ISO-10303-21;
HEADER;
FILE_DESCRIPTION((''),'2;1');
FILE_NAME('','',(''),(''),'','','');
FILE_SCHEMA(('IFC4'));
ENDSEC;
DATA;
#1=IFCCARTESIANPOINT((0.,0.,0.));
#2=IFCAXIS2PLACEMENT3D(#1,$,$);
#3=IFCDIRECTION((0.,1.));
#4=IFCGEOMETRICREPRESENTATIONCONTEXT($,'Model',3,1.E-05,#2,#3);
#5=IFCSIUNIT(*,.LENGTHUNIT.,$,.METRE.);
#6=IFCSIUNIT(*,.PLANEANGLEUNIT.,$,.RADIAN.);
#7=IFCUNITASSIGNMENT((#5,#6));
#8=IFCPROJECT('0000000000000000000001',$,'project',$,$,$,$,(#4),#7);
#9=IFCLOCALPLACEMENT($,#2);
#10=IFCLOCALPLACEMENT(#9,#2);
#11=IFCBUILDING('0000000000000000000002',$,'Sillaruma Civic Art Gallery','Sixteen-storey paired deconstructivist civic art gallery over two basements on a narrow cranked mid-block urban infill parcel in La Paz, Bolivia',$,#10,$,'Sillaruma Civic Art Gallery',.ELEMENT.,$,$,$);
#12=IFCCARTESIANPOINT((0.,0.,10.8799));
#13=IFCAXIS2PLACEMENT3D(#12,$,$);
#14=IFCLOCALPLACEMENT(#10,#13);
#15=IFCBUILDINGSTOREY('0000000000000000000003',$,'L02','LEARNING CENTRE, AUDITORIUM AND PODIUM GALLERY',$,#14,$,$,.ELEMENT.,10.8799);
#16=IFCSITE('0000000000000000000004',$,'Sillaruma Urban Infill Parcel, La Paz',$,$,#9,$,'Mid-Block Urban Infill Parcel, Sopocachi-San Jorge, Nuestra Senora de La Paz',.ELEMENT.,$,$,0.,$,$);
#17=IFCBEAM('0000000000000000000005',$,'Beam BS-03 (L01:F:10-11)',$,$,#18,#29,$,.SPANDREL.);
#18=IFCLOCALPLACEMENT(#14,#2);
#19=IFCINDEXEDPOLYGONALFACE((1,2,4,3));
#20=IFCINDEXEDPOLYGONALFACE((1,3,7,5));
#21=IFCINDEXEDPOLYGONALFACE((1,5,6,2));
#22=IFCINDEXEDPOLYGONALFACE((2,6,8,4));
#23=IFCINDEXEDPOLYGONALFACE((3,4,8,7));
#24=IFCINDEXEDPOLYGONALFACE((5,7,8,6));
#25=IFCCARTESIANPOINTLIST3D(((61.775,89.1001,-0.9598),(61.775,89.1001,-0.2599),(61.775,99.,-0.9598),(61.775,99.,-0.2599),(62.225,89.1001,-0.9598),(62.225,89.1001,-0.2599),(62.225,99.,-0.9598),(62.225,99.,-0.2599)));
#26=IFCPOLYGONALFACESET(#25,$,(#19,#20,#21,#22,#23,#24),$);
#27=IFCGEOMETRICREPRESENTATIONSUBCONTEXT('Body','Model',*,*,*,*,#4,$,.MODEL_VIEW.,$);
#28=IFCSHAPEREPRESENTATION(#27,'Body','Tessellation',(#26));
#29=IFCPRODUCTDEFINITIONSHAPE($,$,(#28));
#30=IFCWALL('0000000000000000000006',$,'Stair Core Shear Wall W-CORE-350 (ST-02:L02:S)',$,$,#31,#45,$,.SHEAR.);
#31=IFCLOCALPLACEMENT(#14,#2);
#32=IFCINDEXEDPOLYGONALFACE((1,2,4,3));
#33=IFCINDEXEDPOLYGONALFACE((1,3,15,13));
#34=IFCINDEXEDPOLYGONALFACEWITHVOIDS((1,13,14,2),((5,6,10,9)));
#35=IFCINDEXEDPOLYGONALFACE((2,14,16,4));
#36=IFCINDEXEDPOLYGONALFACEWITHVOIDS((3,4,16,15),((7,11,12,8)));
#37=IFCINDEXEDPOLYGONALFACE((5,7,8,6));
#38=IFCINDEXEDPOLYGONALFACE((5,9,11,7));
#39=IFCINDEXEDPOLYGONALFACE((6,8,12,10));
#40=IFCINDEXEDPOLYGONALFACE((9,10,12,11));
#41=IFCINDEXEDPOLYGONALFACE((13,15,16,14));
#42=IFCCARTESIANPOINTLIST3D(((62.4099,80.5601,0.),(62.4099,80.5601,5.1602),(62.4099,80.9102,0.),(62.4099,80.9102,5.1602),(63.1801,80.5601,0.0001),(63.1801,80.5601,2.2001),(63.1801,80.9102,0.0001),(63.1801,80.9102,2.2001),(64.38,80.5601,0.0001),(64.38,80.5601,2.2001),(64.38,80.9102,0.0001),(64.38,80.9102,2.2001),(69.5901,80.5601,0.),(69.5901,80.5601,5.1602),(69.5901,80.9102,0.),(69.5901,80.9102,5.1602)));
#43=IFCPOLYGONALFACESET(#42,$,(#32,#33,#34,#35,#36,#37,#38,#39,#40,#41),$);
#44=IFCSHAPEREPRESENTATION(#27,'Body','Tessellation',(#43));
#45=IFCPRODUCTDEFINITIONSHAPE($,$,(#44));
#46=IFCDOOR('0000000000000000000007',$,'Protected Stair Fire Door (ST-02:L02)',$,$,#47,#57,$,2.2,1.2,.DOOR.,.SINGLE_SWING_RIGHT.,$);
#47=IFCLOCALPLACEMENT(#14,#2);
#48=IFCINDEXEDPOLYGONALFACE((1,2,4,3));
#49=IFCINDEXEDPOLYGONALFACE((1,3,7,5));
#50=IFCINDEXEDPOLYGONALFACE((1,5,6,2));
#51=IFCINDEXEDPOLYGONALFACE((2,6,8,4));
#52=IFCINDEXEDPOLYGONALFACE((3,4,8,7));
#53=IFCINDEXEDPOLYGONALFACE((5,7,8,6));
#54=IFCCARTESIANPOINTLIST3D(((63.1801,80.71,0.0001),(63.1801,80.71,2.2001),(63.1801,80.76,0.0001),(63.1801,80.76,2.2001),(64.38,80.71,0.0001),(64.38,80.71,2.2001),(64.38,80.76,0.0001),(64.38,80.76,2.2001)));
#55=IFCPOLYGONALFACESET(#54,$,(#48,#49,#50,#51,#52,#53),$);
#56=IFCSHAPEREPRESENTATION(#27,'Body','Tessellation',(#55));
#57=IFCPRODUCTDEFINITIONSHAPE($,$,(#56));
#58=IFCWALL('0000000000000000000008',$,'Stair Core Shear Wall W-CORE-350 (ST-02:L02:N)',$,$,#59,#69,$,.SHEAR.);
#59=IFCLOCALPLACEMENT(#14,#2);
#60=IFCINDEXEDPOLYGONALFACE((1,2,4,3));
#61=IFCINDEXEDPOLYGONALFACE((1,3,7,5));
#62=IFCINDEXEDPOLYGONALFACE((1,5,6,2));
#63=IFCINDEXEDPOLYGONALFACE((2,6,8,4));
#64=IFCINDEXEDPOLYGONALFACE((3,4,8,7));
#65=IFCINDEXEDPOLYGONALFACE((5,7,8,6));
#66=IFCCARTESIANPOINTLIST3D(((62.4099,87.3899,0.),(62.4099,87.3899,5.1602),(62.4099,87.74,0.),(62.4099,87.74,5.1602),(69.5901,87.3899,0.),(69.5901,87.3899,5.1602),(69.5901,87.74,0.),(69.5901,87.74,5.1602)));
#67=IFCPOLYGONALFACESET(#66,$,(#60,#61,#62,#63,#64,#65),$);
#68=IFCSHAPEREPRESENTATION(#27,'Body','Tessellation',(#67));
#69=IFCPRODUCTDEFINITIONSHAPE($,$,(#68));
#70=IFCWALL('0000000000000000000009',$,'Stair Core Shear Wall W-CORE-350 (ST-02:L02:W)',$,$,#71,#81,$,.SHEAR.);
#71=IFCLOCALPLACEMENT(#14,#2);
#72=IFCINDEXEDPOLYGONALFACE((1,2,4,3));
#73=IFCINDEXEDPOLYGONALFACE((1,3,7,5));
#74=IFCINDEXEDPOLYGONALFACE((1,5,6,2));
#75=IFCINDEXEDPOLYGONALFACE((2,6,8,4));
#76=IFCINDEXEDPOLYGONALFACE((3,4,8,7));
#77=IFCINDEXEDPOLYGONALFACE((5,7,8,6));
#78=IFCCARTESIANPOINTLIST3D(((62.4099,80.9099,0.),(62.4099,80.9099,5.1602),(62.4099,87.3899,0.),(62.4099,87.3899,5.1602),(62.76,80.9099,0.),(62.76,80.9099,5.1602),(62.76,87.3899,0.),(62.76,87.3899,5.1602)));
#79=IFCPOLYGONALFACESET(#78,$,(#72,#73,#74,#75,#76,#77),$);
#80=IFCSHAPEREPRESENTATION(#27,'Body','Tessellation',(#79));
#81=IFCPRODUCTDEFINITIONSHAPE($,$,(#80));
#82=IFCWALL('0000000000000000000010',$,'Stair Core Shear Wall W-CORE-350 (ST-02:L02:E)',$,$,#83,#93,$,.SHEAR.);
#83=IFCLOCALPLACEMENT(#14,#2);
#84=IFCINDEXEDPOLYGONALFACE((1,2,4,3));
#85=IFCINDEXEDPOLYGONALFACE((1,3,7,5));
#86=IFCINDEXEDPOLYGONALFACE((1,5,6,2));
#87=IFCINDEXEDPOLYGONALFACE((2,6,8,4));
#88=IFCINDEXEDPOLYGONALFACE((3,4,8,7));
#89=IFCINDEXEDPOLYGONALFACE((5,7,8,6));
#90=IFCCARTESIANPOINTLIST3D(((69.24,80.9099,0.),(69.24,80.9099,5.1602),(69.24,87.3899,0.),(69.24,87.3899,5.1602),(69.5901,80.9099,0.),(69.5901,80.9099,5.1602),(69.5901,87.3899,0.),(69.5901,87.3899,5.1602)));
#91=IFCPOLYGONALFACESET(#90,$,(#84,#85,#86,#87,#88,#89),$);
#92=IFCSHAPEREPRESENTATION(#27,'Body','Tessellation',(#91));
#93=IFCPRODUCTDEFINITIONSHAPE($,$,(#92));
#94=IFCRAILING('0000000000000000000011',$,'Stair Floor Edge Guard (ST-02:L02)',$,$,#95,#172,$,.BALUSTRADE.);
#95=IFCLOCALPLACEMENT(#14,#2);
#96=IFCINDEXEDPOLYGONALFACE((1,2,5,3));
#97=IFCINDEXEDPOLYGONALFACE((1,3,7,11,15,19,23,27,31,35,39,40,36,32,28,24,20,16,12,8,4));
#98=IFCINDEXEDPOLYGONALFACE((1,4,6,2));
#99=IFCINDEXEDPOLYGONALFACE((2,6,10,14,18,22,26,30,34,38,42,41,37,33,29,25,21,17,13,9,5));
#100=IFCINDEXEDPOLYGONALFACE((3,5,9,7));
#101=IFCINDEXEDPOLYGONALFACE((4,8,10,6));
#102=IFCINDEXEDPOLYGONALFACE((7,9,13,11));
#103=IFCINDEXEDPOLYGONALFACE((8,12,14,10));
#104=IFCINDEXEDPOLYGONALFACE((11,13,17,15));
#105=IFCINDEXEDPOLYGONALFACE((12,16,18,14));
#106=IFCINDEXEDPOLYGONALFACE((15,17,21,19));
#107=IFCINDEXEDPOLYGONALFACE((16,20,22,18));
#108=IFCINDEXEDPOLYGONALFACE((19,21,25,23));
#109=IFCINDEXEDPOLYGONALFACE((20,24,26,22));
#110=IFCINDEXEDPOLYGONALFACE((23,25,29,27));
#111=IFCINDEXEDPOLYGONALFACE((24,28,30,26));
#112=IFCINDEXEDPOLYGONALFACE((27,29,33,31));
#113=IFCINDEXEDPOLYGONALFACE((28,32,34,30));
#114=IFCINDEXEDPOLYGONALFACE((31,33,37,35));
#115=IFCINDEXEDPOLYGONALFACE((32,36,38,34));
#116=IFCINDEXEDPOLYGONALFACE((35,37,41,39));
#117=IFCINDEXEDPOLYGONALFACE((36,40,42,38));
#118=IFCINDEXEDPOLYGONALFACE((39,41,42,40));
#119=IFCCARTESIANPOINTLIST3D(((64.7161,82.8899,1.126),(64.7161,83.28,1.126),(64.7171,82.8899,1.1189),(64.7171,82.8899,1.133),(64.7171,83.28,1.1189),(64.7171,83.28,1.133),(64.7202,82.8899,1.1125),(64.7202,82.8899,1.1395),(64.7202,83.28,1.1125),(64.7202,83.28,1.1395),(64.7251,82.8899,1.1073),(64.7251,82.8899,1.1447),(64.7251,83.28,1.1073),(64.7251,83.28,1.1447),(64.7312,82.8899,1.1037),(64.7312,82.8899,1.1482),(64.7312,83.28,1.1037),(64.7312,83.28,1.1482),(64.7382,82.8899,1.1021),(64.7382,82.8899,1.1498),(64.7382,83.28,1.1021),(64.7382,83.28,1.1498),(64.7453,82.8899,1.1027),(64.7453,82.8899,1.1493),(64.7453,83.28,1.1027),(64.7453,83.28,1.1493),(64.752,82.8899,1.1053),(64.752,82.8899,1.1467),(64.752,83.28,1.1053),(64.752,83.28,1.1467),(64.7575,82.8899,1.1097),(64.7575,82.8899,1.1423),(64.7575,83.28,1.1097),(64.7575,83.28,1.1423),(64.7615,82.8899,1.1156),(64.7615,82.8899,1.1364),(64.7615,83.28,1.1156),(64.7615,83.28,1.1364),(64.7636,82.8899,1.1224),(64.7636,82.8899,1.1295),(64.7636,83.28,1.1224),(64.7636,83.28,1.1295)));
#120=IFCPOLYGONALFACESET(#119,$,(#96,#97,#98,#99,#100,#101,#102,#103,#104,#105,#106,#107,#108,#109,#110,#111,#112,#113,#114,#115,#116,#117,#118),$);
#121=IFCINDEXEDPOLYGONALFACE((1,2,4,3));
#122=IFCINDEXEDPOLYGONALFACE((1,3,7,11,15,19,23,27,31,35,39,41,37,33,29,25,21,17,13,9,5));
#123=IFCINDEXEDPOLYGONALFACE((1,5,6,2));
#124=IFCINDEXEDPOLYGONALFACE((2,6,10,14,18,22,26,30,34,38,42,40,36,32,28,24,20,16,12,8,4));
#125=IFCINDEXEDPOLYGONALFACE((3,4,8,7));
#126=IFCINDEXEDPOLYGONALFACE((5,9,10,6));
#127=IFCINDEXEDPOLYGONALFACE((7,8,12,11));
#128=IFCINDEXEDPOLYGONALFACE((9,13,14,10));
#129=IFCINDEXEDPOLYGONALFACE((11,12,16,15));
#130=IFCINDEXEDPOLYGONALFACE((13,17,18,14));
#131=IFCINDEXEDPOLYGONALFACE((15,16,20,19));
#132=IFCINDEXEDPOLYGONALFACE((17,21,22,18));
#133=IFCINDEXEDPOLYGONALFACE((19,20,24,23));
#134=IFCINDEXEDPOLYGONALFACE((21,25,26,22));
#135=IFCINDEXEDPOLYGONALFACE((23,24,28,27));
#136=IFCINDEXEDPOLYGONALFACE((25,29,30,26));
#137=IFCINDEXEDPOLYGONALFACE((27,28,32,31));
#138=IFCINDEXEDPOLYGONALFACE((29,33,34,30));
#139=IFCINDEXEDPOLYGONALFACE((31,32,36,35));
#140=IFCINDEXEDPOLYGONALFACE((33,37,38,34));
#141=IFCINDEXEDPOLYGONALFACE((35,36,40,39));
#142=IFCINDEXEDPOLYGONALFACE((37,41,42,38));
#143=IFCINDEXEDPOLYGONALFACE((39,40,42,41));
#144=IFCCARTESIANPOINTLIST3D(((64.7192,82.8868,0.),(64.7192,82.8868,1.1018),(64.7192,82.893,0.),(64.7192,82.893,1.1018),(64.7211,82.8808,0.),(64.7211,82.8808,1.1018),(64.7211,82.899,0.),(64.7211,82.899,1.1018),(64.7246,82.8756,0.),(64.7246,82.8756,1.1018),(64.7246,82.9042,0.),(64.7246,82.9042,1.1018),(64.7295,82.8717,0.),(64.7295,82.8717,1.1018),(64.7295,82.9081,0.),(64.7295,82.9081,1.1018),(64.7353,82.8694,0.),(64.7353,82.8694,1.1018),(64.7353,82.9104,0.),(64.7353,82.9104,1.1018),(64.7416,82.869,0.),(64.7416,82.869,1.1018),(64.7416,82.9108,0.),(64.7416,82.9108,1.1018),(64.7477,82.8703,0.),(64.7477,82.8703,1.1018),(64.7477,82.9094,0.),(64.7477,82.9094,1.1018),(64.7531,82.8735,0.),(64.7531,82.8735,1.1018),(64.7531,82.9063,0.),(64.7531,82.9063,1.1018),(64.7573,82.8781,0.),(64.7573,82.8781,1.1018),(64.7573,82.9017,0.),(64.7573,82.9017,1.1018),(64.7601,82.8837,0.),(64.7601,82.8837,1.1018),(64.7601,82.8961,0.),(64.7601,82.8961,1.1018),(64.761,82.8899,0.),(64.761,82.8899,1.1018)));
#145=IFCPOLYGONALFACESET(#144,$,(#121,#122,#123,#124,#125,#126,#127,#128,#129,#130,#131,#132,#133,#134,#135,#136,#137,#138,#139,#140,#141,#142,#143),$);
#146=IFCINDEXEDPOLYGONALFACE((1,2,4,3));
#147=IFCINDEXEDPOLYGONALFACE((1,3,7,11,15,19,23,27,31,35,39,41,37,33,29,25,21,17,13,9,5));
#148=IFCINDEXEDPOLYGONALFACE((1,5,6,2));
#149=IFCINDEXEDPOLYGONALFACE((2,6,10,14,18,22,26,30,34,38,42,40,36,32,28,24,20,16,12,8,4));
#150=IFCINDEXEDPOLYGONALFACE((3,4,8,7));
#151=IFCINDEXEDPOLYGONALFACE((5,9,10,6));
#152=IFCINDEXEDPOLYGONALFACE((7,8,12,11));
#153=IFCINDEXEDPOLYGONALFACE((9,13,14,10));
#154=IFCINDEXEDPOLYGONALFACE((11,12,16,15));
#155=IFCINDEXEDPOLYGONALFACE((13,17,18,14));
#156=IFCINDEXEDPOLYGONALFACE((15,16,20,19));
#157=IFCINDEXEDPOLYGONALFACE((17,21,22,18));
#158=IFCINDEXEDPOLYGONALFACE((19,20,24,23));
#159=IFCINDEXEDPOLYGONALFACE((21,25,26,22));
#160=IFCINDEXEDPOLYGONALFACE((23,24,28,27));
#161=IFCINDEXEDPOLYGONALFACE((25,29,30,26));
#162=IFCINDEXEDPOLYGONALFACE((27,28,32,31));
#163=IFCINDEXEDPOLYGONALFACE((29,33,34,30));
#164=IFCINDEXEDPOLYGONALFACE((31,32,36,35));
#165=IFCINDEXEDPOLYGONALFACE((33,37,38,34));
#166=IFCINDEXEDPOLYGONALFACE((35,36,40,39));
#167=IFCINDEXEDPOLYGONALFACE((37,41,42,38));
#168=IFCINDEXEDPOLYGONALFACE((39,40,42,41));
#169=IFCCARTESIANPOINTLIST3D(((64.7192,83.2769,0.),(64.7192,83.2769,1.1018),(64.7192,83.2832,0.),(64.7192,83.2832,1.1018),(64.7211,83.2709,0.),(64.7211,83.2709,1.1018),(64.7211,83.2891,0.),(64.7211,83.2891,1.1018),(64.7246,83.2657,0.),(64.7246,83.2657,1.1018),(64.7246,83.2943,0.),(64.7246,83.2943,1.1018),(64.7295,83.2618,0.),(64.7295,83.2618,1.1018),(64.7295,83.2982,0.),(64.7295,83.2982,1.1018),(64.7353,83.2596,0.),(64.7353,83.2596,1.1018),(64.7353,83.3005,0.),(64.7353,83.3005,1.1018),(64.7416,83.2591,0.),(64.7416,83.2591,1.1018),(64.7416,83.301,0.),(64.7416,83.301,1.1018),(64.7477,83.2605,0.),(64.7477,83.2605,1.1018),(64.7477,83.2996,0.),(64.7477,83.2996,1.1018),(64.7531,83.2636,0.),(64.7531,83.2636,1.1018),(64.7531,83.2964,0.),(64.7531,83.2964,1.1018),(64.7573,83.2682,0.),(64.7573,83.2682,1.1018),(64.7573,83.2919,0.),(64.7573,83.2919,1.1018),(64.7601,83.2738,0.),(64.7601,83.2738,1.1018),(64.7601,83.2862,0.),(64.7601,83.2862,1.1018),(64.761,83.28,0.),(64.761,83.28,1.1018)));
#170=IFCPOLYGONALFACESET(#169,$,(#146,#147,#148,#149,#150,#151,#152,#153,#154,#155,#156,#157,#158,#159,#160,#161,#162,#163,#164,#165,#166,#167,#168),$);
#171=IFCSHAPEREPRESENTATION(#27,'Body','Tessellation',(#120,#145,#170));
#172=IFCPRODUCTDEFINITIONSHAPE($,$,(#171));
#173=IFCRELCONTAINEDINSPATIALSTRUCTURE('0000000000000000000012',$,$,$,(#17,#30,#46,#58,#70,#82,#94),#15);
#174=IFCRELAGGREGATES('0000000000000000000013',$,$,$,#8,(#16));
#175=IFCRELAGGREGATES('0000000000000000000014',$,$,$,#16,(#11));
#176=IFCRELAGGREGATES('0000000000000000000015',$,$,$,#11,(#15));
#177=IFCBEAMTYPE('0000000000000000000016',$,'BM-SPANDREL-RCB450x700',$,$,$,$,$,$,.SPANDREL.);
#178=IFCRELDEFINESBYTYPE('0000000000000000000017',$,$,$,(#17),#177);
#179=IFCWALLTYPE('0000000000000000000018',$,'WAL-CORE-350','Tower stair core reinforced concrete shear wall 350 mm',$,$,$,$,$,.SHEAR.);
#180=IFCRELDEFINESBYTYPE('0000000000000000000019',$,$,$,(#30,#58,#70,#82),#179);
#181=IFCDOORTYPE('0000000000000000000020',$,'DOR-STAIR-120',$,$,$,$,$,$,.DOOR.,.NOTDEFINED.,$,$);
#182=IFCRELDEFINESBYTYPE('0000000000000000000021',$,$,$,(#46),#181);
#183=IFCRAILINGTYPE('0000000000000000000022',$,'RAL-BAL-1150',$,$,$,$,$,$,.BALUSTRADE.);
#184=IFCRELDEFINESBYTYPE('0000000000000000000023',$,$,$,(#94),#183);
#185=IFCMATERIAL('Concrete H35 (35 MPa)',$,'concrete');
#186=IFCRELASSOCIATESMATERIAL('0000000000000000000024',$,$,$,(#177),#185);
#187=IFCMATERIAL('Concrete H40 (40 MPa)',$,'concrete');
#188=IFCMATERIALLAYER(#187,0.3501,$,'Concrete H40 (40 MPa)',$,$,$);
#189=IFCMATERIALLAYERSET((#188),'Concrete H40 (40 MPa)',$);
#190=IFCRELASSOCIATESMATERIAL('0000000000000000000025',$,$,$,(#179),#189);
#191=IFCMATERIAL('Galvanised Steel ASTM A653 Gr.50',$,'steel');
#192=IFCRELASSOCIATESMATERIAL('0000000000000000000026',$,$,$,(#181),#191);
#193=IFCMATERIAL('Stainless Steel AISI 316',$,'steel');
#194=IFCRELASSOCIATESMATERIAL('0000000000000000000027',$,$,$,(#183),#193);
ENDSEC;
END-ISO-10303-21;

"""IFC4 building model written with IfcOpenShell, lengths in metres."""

from ifc_helpers import new_model, si_unit, direction, frame, frame_2d, origin, origin_2d, place, context, subcontext, project, spatial, rectangle, circle, extrude, material, layer, layer_set, material_profile, profile_set, type_object, element, fill, save


model = new_model("IFC4")

# Units and contexts
model_context = context("Model", 3, precision=1e-05, world=origin(), true_north=direction((0.0, 1.0)))
body_context = subcontext(model_context, "Body", "Model", "MODEL_VIEW")
ifc_project = project(units=[si_unit("LENGTHUNIT", "METRE"), si_unit("PLANEANGLEUNIT", "RADIAN")], contexts=[model_context])

# Site, building, storey
site_placement = place(None, origin())
site = spatial("IfcSite", under=ifc_project, at=site_placement, Name="Sillaruma Urban Infill Parcel, La Paz", LongName="Mid-Block Urban Infill Parcel, Sopocachi-San Jorge, Nuestra Senora de La Paz", CompositionType="ELEMENT", RefElevation=0.0)
building_placement = place(site_placement, origin())
building = spatial("IfcBuilding", under=site, at=building_placement, Name="Sillaruma Civic Art Gallery", Description="Sixteen-storey paired deconstructivist civic art gallery over two basements on a narrow cranked mid-block urban infill parcel in La Paz, Bolivia", LongName="Sillaruma Civic Art Gallery", CompositionType="ELEMENT")
storey_placement = place(building_placement, frame((0.0, 0.0, 10.8799)))
storey = spatial("IfcBuildingStorey", under=building, at=storey_placement, Name="L02", Description="LEARNING CENTRE, AUDITORIUM AND PODIUM GALLERY", CompositionType="ELEMENT", Elevation=10.8799)

# Shared definitions
ifc_material_1 = material(Name="Concrete H40 (40 MPa)", Category="concrete")

# Beam
ifc_material_2 = material(Name="Concrete H35 (35 MPa)", Category="concrete")
ifc_material_profile_1 = material_profile(ifc_material_2, rectangle(XDim=0.45, YDim=0.7, at=origin_2d()), Name="RCB450x700")
ifc_profile_set_1 = profile_set([ifc_material_profile_1], Name="Concrete H35 (35 MPa)")
beam_type_1 = type_object("IfcBeamType", Name="BM-SPANDREL-RCB450x700", PredefinedType="SPANDREL", material=ifc_profile_set_1)
beam_1_placement = place(storey_placement, frame((62.0, 89.1001, -0.6099), z_axis=(0.0, 1.0, 0.0), x_axis=(-1.0, 0.0, 0.0)))
element("IfcBeam", 1, at=beam_1_placement, inside=storey, type_object=beam_type_1, Name="Beam BS-03 (L01:F:10-11)", PredefinedType="SPANDREL", context=body_context, shape_type="SweptSolid", body=[
    extrude(rectangle(XDim=0.45, YDim=0.7, at=origin_2d()), origin(), (0.0, 0.0, 1.0), 9.8999),
])

# Wall, opening, door
ifc_layer = layer(ifc_material_1, 0.3501, Name="Concrete H40 (40 MPa)")
ifc_layer_set = layer_set([ifc_layer], Name="Concrete H40 (40 MPa)")
wall_type = type_object("IfcWallType", Name="WAL-CORE-350", Description="Tower stair core reinforced concrete shear wall 350 mm", PredefinedType="SHEAR", material=ifc_layer_set)
wall_1_placement = place(storey_placement, frame((62.4099, 80.7351, 0.0), z_axis=(0.0, 0.0, 1.0), x_axis=(1.0, 0.0, 0.0)))
wall_1 = element("IfcWall", 2, at=wall_1_placement, inside=storey, type_object=wall_type, Name="Stair Core Shear Wall W-CORE-350 (ST-02:L02:S)", PredefinedType="SHEAR", context=body_context, shape_type="SweptSolid", body=[
    extrude(rectangle(XDim=7.1802, YDim=0.3501, at=frame_2d((3.5901, 0.0))), origin(), (0.0, 0.0, 1.0), 5.1602),
])
opening_placement = place(wall_1_placement, frame((0.77, 0.0, 0.0)))
opening = element("IfcOpeningElement", 3, at=opening_placement, cuts=wall_1, PredefinedType="OPENING", context=body_context, shape_type="SweptSolid", body=[
    extrude(rectangle(XDim=1.2, YDim=2.2, at=frame_2d((0.6001, 1.1001))), frame((0.0, 0.1851, 0.0), z_axis=(0.0, -1.0, 0.0), x_axis=(1.0, 0.0, 0.0)), (0.0, 0.0, 1.0), 0.3701),
])
ifc_material_3 = material(Name="Galvanised Steel ASTM A653 Gr.50", Category="steel")
door_type = type_object("IfcDoorType", Name="DOR-STAIR-120", OperationType="NOTDEFINED", PredefinedType="DOOR", material=ifc_material_3)
door_placement = place(opening_placement, origin())
door = element("IfcDoor", 4, at=door_placement, inside=storey, type_object=door_type, Name="Protected Stair Fire Door (ST-02:L02)", OperationType="SINGLE_SWING_RIGHT", OverallHeight=2.2, OverallWidth=1.2, PredefinedType="DOOR", context=body_context, shape_type="SweptSolid", body=[
    extrude(rectangle(XDim=1.2, YDim=2.2, at=frame_2d((0.6001, 1.1001))), frame((0.0, 0.0249, 0.0), z_axis=(0.0, -1.0, 0.0), x_axis=(1.0, 0.0, 0.0)), (0.0, 0.0, 1.0), 0.05),
])
fill(opening, door)

# Walls
wall_2_placement = place(storey_placement, frame((62.4099, 87.5649, 0.0), z_axis=(0.0, 0.0, 1.0), x_axis=(1.0, 0.0, 0.0)))
element("IfcWall", 5, at=wall_2_placement, inside=storey, type_object=wall_type, Name="Stair Core Shear Wall W-CORE-350 (ST-02:L02:N)", PredefinedType="SHEAR", context=body_context, shape_type="SweptSolid", body=[
    extrude(rectangle(XDim=7.1802, YDim=0.3501, at=frame_2d((3.5901, 0.0))), origin(), (0.0, 0.0, 1.0), 5.1602),
])
for number, where, z_axis, x_axis, name in (
    (6, (62.585, 80.9099, 0.0), (0.0, 0.0, 1.0), (0.0, 1.0, 0.0), "Stair Core Shear Wall W-CORE-350 (ST-02:L02:W)"),
    (7, (69.415, 80.9099, 0.0), (0.0, 0.0, 1.0), (0.0, 1.0, 0.0), "Stair Core Shear Wall W-CORE-350 (ST-02:L02:E)"),
):
    element("IfcWall", number, at=place(storey_placement, frame(where, z_axis=z_axis, x_axis=x_axis)), inside=storey, type_object=wall_type, Name=name, PredefinedType="SHEAR", context=body_context, shape_type="SweptSolid", body=[
        extrude(rectangle(XDim=6.48, YDim=0.3501, at=frame_2d((3.24, 0.0))), origin(), (0.0, 0.0, 1.0), 5.1602),
    ])

# Railing
ifc_material_4 = material(Name="Stainless Steel AISI 316", Category="steel")
railing_type_1 = type_object("IfcRailingType", Name="RAL-BAL-1150", PredefinedType="BALUSTRADE", material=ifc_material_4)
railing_1_placement = place(storey_placement, frame((64.74, 82.8899, 0.0)))
element("IfcRailing", 8, at=railing_1_placement, inside=storey, type_object=railing_type_1, Name="Stair Floor Edge Guard (ST-02:L02)", PredefinedType="BALUSTRADE", context=body_context, shape_type="SweptSolid", body=[
    extrude(circle(Radius=0.0239, at=origin_2d()), frame((0.0, 0.0, 1.126), z_axis=(0.0, 1.0, 0.0), x_axis=(-1.0, 0.0, 0.0)), (0.0, 0.0, 1.0), 0.3901),
    extrude(circle(Radius=0.021, at=origin_2d()), origin(), (0.0, 0.0, 1.0), 1.1018),
    extrude(circle(Radius=0.021, at=origin_2d()), frame((0.0, 0.3901, 0.0)), (0.0, 0.0, 1.0), 1.1018),
])

save(model, "model.ifc")
